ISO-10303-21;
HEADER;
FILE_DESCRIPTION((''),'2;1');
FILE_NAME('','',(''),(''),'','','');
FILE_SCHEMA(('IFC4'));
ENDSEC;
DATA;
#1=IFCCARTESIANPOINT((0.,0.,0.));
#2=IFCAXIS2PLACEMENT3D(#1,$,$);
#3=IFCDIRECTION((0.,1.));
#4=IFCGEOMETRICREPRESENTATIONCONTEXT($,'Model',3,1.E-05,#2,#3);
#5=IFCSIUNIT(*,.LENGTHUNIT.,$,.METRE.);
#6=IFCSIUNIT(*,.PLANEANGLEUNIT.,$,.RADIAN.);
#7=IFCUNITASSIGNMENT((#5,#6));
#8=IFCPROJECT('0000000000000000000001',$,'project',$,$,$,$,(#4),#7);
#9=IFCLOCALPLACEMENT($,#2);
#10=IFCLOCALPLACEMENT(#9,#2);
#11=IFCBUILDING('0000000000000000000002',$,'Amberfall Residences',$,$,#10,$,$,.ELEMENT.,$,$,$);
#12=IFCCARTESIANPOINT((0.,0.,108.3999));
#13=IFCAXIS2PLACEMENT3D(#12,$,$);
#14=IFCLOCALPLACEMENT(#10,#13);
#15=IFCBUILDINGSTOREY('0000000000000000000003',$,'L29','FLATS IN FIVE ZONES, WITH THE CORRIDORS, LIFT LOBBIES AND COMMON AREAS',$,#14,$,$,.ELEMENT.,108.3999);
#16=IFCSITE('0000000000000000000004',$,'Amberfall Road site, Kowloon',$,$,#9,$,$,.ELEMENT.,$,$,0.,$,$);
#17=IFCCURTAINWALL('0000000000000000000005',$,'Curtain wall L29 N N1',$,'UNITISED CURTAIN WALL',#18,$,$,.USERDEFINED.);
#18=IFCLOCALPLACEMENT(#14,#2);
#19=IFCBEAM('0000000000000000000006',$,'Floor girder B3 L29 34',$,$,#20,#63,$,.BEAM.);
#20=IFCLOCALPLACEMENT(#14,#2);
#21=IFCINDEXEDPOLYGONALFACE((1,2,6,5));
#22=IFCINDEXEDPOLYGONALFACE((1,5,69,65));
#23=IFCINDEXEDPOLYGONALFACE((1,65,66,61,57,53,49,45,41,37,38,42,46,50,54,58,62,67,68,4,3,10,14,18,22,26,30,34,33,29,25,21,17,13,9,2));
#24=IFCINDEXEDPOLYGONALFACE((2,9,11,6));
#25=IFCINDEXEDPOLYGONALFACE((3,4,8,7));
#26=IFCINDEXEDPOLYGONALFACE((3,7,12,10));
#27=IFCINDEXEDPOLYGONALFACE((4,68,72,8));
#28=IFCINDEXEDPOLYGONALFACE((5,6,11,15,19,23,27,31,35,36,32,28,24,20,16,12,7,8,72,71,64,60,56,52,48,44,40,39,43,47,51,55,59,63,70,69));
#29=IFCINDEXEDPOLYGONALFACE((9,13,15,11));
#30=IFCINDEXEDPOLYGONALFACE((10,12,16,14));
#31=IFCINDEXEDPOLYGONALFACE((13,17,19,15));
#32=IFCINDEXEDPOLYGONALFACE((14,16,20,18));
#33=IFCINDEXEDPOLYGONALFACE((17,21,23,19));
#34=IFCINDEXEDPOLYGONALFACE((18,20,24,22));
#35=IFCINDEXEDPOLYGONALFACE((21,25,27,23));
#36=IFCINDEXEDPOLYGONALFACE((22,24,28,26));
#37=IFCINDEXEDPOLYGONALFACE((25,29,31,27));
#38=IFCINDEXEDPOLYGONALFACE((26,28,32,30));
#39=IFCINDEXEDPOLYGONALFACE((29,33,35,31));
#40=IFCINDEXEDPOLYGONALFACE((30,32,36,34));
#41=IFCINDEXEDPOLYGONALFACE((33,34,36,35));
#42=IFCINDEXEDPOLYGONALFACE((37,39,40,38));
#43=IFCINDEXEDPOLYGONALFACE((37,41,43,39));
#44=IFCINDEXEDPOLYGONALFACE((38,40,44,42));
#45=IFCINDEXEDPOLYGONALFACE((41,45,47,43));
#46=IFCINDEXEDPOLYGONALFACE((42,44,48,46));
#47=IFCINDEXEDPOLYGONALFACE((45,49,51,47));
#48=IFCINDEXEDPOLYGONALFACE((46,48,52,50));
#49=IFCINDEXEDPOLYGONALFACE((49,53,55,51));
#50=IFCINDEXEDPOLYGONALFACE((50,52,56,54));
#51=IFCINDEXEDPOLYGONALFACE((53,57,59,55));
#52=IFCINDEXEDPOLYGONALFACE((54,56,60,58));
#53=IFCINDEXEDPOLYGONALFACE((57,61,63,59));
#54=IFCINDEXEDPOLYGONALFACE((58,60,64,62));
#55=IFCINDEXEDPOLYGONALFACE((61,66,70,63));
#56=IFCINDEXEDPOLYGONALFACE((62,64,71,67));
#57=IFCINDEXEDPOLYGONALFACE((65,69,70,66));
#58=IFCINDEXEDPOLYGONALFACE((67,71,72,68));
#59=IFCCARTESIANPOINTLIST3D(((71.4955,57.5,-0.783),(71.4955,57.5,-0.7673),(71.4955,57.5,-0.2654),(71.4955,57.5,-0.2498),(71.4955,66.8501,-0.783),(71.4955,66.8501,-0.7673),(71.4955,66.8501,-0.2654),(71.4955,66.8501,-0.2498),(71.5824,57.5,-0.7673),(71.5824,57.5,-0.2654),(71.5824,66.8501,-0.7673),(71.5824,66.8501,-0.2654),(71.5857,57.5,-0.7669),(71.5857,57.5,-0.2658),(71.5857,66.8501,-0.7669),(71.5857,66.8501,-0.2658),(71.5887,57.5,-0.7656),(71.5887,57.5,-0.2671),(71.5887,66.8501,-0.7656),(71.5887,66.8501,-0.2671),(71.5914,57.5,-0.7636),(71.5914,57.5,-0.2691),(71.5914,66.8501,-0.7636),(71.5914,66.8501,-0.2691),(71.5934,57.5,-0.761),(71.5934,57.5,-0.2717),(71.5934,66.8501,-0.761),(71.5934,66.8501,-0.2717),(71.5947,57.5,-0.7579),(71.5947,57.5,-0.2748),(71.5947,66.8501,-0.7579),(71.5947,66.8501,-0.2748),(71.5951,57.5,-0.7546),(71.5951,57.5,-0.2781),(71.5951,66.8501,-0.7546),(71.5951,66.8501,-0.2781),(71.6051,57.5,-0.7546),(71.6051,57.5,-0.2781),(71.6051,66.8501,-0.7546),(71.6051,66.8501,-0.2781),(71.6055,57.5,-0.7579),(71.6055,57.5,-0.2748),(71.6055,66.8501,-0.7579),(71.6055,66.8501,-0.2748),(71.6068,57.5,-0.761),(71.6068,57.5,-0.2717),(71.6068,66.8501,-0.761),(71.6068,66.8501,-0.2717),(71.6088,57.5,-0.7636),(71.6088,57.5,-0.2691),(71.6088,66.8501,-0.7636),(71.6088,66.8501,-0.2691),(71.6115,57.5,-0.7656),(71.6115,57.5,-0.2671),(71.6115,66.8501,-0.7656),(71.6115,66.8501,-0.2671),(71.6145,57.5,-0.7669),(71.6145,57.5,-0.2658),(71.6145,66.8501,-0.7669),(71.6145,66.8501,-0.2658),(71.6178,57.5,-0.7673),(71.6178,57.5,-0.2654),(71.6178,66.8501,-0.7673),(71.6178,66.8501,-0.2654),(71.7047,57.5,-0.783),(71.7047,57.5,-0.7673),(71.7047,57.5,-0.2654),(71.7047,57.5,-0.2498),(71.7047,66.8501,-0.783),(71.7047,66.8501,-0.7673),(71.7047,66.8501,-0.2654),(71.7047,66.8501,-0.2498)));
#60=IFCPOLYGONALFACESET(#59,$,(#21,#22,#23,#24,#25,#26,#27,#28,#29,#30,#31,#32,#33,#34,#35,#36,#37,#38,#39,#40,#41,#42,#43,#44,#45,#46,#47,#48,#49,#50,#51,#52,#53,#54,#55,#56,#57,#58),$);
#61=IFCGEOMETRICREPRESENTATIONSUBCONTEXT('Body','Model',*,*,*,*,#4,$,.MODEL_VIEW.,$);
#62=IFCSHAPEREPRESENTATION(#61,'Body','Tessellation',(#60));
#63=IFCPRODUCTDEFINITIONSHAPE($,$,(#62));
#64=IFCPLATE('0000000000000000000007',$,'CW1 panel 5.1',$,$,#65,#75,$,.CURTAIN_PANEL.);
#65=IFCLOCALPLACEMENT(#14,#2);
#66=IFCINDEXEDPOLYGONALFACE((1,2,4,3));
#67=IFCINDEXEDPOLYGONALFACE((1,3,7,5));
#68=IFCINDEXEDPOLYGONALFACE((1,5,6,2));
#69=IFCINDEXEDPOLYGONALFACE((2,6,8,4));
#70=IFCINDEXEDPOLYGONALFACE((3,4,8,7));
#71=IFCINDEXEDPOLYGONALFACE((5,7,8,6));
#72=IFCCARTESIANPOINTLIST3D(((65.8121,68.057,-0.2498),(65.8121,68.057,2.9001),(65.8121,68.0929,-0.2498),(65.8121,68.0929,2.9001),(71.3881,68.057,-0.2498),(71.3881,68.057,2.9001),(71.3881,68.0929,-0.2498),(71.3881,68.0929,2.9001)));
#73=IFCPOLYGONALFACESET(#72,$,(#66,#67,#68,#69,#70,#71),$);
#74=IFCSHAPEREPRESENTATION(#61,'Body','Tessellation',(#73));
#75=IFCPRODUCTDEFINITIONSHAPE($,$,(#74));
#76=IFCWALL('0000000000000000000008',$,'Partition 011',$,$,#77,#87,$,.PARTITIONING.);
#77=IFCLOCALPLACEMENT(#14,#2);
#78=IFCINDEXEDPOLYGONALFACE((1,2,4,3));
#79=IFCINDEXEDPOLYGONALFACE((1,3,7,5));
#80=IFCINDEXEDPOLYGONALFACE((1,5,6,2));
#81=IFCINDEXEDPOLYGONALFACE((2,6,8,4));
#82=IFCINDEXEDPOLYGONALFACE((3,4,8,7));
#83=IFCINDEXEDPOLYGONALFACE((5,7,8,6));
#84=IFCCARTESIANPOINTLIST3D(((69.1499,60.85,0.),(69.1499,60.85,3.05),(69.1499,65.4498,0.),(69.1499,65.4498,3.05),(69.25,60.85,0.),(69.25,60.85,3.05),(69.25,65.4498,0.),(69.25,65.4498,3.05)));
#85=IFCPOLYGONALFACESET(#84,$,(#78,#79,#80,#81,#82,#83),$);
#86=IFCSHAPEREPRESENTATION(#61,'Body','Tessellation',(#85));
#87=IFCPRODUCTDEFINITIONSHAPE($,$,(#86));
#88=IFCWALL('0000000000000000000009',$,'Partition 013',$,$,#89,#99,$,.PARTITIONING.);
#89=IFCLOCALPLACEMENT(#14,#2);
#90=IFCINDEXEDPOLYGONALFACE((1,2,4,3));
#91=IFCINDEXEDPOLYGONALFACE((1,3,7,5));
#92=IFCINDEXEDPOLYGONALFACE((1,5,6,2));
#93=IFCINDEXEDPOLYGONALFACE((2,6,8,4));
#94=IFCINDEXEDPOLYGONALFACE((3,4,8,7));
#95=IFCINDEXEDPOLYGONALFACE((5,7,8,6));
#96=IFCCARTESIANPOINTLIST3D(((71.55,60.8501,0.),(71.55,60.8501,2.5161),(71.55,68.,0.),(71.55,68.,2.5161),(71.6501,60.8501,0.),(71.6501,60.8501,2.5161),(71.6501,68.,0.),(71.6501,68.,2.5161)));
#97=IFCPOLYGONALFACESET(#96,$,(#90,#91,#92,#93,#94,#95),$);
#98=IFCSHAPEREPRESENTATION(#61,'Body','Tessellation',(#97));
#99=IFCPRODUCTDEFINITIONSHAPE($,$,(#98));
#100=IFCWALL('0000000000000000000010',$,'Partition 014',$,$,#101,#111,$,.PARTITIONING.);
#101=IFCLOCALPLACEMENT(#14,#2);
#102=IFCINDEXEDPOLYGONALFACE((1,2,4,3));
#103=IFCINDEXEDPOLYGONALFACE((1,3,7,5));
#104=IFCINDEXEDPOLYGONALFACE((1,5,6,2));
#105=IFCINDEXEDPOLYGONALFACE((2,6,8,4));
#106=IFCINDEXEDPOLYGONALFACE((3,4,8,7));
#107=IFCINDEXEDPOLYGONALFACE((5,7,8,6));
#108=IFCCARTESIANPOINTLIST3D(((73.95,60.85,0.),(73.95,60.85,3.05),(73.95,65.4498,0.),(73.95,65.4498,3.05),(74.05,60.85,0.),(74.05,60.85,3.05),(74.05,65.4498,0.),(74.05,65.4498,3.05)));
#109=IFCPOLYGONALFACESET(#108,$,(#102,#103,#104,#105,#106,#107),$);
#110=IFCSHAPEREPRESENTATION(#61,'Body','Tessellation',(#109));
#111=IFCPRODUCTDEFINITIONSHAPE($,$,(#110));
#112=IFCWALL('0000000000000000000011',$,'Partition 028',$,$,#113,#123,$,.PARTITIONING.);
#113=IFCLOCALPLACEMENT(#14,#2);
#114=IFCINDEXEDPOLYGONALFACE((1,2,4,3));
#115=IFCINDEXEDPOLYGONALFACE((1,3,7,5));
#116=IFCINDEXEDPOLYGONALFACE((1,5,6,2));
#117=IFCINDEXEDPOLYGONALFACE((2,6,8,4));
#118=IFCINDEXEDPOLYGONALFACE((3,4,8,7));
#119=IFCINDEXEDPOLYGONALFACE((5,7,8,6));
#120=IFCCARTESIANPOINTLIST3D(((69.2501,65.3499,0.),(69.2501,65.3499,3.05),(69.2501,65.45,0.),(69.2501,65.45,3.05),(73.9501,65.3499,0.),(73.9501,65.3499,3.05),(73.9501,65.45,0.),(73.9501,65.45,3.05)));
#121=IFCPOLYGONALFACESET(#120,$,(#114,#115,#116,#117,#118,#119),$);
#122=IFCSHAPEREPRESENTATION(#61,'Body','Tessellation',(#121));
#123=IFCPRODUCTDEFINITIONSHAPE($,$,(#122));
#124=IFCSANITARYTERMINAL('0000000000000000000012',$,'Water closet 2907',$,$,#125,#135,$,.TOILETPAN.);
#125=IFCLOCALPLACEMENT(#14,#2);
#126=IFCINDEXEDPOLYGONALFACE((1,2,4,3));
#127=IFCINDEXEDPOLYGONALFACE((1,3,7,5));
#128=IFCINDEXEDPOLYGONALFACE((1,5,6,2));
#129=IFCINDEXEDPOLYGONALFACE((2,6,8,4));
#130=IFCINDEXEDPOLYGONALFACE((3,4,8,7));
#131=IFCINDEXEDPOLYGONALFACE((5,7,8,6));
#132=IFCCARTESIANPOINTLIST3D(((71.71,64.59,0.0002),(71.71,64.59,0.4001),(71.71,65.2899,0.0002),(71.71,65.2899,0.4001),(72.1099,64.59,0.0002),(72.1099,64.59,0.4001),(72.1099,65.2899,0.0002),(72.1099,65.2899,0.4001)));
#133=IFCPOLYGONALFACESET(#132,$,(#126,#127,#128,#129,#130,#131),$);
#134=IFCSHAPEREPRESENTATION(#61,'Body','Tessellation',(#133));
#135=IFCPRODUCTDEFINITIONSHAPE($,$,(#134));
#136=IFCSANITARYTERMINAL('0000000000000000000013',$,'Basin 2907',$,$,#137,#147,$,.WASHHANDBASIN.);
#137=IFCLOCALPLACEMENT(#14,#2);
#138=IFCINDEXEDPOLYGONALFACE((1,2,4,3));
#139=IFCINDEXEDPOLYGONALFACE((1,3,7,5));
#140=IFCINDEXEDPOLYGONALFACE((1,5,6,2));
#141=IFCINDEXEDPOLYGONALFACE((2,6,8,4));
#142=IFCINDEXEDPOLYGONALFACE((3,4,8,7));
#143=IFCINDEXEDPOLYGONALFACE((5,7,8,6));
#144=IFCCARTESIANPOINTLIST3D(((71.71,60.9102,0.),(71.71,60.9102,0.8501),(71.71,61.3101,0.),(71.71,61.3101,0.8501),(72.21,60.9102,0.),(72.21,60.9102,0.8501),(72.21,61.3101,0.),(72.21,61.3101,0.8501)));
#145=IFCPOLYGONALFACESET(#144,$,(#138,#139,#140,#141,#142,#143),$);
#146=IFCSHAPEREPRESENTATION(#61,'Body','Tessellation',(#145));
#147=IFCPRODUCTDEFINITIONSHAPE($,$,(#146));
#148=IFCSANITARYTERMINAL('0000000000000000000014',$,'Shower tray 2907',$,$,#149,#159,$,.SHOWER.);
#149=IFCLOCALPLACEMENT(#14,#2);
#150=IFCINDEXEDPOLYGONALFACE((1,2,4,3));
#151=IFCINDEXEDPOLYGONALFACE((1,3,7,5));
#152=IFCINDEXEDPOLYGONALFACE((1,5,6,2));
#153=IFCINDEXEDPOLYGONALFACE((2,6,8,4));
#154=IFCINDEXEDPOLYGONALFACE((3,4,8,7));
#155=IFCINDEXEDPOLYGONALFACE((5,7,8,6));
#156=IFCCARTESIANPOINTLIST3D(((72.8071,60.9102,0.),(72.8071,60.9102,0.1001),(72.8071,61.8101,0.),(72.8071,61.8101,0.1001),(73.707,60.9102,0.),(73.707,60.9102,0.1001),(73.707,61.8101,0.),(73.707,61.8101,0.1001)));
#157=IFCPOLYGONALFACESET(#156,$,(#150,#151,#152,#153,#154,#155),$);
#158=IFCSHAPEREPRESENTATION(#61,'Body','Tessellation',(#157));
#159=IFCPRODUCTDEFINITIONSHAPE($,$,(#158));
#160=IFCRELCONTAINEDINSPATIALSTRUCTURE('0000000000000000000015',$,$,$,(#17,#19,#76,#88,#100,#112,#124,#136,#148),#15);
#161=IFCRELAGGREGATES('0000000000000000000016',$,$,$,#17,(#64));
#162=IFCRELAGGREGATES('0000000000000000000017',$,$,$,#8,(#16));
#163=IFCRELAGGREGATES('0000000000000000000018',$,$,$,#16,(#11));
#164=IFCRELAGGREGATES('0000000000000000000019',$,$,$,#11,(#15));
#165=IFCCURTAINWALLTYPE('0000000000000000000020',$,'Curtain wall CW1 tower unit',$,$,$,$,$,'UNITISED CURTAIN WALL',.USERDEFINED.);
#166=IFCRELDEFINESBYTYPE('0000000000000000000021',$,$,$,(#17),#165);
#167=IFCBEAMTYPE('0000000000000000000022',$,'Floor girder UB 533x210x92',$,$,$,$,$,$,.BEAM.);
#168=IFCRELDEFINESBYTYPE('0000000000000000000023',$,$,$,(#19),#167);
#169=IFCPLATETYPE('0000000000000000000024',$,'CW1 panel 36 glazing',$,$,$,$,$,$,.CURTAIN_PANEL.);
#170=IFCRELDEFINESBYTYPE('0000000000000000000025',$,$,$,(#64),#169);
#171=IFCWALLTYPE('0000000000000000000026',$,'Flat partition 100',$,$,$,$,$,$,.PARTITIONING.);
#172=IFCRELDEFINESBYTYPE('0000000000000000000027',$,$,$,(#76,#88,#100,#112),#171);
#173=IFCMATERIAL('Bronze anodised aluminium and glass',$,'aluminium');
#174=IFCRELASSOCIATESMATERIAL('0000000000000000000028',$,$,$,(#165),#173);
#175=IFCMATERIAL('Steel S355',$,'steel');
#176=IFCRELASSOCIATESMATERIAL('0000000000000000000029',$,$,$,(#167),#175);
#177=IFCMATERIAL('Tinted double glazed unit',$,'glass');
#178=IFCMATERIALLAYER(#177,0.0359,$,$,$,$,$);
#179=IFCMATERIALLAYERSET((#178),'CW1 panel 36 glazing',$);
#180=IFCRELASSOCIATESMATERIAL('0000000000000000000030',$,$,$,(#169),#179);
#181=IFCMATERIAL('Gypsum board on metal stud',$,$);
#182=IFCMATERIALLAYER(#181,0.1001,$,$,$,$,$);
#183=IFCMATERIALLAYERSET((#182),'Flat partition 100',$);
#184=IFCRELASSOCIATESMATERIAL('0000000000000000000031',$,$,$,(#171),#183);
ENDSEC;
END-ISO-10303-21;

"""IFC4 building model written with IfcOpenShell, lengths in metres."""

from ifc_helpers import new_model, si_unit, direction, frame, frame_2d, origin, origin_2d, place, context, subcontext, project, spatial, rectangle, i_section, extrude, material, layer, layer_set, material_profile, profile_set, type_object, element, aggregate, save


model = new_model("IFC4")

# Units and contexts
model_context = context("Model", 3, precision=1e-05, world=origin(), true_north=direction((0.0, 1.0)))
body_context = subcontext(model_context, "Body", "Model", "MODEL_VIEW")
ifc_project = project(units=[si_unit("LENGTHUNIT", "METRE"), si_unit("PLANEANGLEUNIT", "RADIAN")], contexts=[model_context])

# Site, building, storey
site_placement = place(None, origin())
site = spatial("IfcSite", under=ifc_project, at=site_placement, Name="Amberfall Road site, Kowloon", CompositionType="ELEMENT", RefElevation=0.0)
building_placement = place(site_placement, origin())
building = spatial("IfcBuilding", under=site, at=building_placement, Name="Amberfall Residences", CompositionType="ELEMENT")
storey_placement = place(building_placement, frame((0.0, 0.0, 108.3999)))
storey = spatial("IfcBuildingStorey", under=building, at=storey_placement, Name="L29", Description="FLATS IN FIVE ZONES, WITH THE CORRIDORS, LIFT LOBBIES AND COMMON AREAS", CompositionType="ELEMENT", Elevation=108.3999)

# Curtain wall
ifc_material_1 = material(Name="Bronze anodised aluminium and glass", Category="aluminium")
curtain_wall_type = type_object("IfcCurtainWallType", Name="Curtain wall CW1 tower unit", ElementType="UNITISED CURTAIN WALL", PredefinedType="USERDEFINED", material=ifc_material_1)
curtain_wall_placement = place(storey_placement, origin())
curtain_wall = element("IfcCurtainWall", 1, at=curtain_wall_placement, inside=storey, type_object=curtain_wall_type, Name="Curtain wall L29 N N1", ObjectType="UNITISED CURTAIN WALL", PredefinedType="USERDEFINED")

# Shared definitions
ifc_material_2 = material(Name="Steel S355", Category="steel")

# Beam
ifc_material_profile_1 = material_profile(ifc_material_2, i_section(OverallWidth=0.2092, OverallDepth=0.5332, WebThickness=0.01, FlangeThickness=0.0156, FilletRadius=0.0127, at=origin_2d()), Name="UB 533x210x92")
ifc_profile_set_1 = profile_set([ifc_material_profile_1], Name="Steel S355")
beam_type_1 = type_object("IfcBeamType", Name="Floor girder UB 533x210x92", PredefinedType="BEAM", material=ifc_profile_set_1)
beam_placement = place(storey_placement, frame((71.6001, 66.8501, -0.5164), z_axis=(0.0, -1.0, 0.0), x_axis=(1.0, 0.0, 0.0)))
element("IfcBeam", 2, at=beam_placement, inside=storey, type_object=beam_type_1, Name="Floor girder B3 L29 34", PredefinedType="BEAM", context=body_context, shape_type="SweptSolid", body=[
    extrude(i_section(OverallWidth=0.2092, OverallDepth=0.5332, WebThickness=0.01, FlangeThickness=0.0156, FilletRadius=0.0127, at=origin_2d()), origin(), (0.0, 0.0, 1.0), 9.3501),
])

# Plate
ifc_material_3 = material(Name="Tinted double glazed unit", Category="glass")
ifc_layer_1 = layer(ifc_material_3, 0.0359)
ifc_layer_set_1 = layer_set([ifc_layer_1], Name="CW1 panel 36 glazing")
plate_type = type_object("IfcPlateType", Name="CW1 panel 36 glazing", PredefinedType="CURTAIN_PANEL", material=ifc_layer_set_1)
plate_placement = place(storey_placement, frame((68.6001, 68.075, -0.2498), z_axis=(0.0, 0.0, 1.0), x_axis=(-1.0, 0.0, 0.0)))
plate = element("IfcPlate", 3, at=plate_placement, type_object=plate_type, Name="CW1 panel 5.1", PredefinedType="CURTAIN_PANEL", context=body_context, shape_type="SweptSolid", body=[
    extrude(rectangle(XDim=5.5759, YDim=0.0359, at=origin_2d()), origin(), (0.0, 0.0, 1.0), 3.1499),
])
aggregate(curtain_wall, [plate])

# Walls
ifc_material_4 = material(Name="Gypsum board on metal stud")
ifc_layer_2 = layer(ifc_material_4, 0.1001)
ifc_layer_set_2 = layer_set([ifc_layer_2], Name="Flat partition 100")
wall_type = type_object("IfcWallType", Name="Flat partition 100", PredefinedType="PARTITIONING", material=ifc_layer_set_2)
wall_1_placement = place(storey_placement, frame((69.2, 60.8501, 0.0), z_axis=(0.0, 0.0, 1.0), x_axis=(0.0, 1.0, 0.0)))
element("IfcWall", 4, at=wall_1_placement, inside=storey, type_object=wall_type, Name="Partition 011", PredefinedType="PARTITIONING", context=body_context, shape_type="SweptSolid", body=[
    extrude(rectangle(XDim=4.5999, YDim=0.1001, at=frame_2d((2.2998, 0.0))), origin(), (0.0, 0.0, 1.0), 3.05),
])
wall_2_placement = place(storey_placement, frame((71.6001, 60.8501, 0.0), z_axis=(0.0, 0.0, 1.0), x_axis=(0.0, 1.0, 0.0)))
element("IfcWall", 5, at=wall_2_placement, inside=storey, type_object=wall_type, Name="Partition 013", PredefinedType="PARTITIONING", context=body_context, shape_type="SweptSolid", body=[
    extrude(rectangle(XDim=7.1499, YDim=0.1001, at=frame_2d((3.575, 0.0))), origin(), (0.0, 0.0, 1.0), 2.5161),
])
wall_3_placement = place(storey_placement, frame((74.0, 60.8501, 0.0), z_axis=(0.0, 0.0, 1.0), x_axis=(0.0, 1.0, 0.0)))
element("IfcWall", 6, at=wall_3_placement, inside=storey, type_object=wall_type, Name="Partition 014", PredefinedType="PARTITIONING", context=body_context, shape_type="SweptSolid", body=[
    extrude(rectangle(XDim=4.5999, YDim=0.1001, at=frame_2d((2.2998, 0.0))), origin(), (0.0, 0.0, 1.0), 3.05),
])
wall_4_placement = place(storey_placement, frame((69.25, 65.3999, 0.0), z_axis=(0.0, 0.0, 1.0), x_axis=(1.0, 0.0, 0.0)))
element("IfcWall", 7, at=wall_4_placement, inside=storey, type_object=wall_type, Name="Partition 028", PredefinedType="PARTITIONING", context=body_context, shape_type="SweptSolid", body=[
    extrude(rectangle(XDim=4.7, YDim=0.1001, at=frame_2d((2.3501, 0.0))), origin(), (0.0, 0.0, 1.0), 3.05),
])

# Sanitary terminals
sanitary_terminal_1_placement = place(storey_placement, frame((71.9099, 64.9399, 0.0002), z_axis=(0.0, 0.0, 1.0), x_axis=(1.0, 0.0, 0.0)))
element("IfcSanitaryTerminal", 8, at=sanitary_terminal_1_placement, inside=storey, Name="Water closet 2907", PredefinedType="TOILETPAN", context=body_context, shape_type="SweptSolid", body=[
    extrude(rectangle(XDim=0.3999, YDim=0.7, at=origin_2d()), origin(), (0.0, 0.0, 1.0), 0.3999),
])
sanitary_terminal_2_placement = place(storey_placement, frame((71.96, 61.1101, 0.0), z_axis=(0.0, 0.0, 1.0), x_axis=(1.0, 0.0, 0.0)))
element("IfcSanitaryTerminal", 9, at=sanitary_terminal_2_placement, inside=storey, Name="Basin 2907", PredefinedType="WASHHANDBASIN", context=body_context, shape_type="SweptSolid", body=[
    extrude(rectangle(XDim=0.5, YDim=0.3999, at=origin_2d()), origin(), (0.0, 0.0, 1.0), 0.8501),
])
sanitary_terminal_3_placement = place(storey_placement, frame((73.2571, 61.3601, 0.0), z_axis=(0.0, 0.0, 1.0), x_axis=(1.0, 0.0, 0.0)))
element("IfcSanitaryTerminal", 10, at=sanitary_terminal_3_placement, inside=storey, Name="Shower tray 2907", PredefinedType="SHOWER", context=body_context, shape_type="SweptSolid", body=[
    extrude(rectangle(XDim=0.8999, YDim=0.8999, at=origin_2d()), origin(), (0.0, 0.0, 1.0), 0.1001),
])

save(model, "model.ifc")
